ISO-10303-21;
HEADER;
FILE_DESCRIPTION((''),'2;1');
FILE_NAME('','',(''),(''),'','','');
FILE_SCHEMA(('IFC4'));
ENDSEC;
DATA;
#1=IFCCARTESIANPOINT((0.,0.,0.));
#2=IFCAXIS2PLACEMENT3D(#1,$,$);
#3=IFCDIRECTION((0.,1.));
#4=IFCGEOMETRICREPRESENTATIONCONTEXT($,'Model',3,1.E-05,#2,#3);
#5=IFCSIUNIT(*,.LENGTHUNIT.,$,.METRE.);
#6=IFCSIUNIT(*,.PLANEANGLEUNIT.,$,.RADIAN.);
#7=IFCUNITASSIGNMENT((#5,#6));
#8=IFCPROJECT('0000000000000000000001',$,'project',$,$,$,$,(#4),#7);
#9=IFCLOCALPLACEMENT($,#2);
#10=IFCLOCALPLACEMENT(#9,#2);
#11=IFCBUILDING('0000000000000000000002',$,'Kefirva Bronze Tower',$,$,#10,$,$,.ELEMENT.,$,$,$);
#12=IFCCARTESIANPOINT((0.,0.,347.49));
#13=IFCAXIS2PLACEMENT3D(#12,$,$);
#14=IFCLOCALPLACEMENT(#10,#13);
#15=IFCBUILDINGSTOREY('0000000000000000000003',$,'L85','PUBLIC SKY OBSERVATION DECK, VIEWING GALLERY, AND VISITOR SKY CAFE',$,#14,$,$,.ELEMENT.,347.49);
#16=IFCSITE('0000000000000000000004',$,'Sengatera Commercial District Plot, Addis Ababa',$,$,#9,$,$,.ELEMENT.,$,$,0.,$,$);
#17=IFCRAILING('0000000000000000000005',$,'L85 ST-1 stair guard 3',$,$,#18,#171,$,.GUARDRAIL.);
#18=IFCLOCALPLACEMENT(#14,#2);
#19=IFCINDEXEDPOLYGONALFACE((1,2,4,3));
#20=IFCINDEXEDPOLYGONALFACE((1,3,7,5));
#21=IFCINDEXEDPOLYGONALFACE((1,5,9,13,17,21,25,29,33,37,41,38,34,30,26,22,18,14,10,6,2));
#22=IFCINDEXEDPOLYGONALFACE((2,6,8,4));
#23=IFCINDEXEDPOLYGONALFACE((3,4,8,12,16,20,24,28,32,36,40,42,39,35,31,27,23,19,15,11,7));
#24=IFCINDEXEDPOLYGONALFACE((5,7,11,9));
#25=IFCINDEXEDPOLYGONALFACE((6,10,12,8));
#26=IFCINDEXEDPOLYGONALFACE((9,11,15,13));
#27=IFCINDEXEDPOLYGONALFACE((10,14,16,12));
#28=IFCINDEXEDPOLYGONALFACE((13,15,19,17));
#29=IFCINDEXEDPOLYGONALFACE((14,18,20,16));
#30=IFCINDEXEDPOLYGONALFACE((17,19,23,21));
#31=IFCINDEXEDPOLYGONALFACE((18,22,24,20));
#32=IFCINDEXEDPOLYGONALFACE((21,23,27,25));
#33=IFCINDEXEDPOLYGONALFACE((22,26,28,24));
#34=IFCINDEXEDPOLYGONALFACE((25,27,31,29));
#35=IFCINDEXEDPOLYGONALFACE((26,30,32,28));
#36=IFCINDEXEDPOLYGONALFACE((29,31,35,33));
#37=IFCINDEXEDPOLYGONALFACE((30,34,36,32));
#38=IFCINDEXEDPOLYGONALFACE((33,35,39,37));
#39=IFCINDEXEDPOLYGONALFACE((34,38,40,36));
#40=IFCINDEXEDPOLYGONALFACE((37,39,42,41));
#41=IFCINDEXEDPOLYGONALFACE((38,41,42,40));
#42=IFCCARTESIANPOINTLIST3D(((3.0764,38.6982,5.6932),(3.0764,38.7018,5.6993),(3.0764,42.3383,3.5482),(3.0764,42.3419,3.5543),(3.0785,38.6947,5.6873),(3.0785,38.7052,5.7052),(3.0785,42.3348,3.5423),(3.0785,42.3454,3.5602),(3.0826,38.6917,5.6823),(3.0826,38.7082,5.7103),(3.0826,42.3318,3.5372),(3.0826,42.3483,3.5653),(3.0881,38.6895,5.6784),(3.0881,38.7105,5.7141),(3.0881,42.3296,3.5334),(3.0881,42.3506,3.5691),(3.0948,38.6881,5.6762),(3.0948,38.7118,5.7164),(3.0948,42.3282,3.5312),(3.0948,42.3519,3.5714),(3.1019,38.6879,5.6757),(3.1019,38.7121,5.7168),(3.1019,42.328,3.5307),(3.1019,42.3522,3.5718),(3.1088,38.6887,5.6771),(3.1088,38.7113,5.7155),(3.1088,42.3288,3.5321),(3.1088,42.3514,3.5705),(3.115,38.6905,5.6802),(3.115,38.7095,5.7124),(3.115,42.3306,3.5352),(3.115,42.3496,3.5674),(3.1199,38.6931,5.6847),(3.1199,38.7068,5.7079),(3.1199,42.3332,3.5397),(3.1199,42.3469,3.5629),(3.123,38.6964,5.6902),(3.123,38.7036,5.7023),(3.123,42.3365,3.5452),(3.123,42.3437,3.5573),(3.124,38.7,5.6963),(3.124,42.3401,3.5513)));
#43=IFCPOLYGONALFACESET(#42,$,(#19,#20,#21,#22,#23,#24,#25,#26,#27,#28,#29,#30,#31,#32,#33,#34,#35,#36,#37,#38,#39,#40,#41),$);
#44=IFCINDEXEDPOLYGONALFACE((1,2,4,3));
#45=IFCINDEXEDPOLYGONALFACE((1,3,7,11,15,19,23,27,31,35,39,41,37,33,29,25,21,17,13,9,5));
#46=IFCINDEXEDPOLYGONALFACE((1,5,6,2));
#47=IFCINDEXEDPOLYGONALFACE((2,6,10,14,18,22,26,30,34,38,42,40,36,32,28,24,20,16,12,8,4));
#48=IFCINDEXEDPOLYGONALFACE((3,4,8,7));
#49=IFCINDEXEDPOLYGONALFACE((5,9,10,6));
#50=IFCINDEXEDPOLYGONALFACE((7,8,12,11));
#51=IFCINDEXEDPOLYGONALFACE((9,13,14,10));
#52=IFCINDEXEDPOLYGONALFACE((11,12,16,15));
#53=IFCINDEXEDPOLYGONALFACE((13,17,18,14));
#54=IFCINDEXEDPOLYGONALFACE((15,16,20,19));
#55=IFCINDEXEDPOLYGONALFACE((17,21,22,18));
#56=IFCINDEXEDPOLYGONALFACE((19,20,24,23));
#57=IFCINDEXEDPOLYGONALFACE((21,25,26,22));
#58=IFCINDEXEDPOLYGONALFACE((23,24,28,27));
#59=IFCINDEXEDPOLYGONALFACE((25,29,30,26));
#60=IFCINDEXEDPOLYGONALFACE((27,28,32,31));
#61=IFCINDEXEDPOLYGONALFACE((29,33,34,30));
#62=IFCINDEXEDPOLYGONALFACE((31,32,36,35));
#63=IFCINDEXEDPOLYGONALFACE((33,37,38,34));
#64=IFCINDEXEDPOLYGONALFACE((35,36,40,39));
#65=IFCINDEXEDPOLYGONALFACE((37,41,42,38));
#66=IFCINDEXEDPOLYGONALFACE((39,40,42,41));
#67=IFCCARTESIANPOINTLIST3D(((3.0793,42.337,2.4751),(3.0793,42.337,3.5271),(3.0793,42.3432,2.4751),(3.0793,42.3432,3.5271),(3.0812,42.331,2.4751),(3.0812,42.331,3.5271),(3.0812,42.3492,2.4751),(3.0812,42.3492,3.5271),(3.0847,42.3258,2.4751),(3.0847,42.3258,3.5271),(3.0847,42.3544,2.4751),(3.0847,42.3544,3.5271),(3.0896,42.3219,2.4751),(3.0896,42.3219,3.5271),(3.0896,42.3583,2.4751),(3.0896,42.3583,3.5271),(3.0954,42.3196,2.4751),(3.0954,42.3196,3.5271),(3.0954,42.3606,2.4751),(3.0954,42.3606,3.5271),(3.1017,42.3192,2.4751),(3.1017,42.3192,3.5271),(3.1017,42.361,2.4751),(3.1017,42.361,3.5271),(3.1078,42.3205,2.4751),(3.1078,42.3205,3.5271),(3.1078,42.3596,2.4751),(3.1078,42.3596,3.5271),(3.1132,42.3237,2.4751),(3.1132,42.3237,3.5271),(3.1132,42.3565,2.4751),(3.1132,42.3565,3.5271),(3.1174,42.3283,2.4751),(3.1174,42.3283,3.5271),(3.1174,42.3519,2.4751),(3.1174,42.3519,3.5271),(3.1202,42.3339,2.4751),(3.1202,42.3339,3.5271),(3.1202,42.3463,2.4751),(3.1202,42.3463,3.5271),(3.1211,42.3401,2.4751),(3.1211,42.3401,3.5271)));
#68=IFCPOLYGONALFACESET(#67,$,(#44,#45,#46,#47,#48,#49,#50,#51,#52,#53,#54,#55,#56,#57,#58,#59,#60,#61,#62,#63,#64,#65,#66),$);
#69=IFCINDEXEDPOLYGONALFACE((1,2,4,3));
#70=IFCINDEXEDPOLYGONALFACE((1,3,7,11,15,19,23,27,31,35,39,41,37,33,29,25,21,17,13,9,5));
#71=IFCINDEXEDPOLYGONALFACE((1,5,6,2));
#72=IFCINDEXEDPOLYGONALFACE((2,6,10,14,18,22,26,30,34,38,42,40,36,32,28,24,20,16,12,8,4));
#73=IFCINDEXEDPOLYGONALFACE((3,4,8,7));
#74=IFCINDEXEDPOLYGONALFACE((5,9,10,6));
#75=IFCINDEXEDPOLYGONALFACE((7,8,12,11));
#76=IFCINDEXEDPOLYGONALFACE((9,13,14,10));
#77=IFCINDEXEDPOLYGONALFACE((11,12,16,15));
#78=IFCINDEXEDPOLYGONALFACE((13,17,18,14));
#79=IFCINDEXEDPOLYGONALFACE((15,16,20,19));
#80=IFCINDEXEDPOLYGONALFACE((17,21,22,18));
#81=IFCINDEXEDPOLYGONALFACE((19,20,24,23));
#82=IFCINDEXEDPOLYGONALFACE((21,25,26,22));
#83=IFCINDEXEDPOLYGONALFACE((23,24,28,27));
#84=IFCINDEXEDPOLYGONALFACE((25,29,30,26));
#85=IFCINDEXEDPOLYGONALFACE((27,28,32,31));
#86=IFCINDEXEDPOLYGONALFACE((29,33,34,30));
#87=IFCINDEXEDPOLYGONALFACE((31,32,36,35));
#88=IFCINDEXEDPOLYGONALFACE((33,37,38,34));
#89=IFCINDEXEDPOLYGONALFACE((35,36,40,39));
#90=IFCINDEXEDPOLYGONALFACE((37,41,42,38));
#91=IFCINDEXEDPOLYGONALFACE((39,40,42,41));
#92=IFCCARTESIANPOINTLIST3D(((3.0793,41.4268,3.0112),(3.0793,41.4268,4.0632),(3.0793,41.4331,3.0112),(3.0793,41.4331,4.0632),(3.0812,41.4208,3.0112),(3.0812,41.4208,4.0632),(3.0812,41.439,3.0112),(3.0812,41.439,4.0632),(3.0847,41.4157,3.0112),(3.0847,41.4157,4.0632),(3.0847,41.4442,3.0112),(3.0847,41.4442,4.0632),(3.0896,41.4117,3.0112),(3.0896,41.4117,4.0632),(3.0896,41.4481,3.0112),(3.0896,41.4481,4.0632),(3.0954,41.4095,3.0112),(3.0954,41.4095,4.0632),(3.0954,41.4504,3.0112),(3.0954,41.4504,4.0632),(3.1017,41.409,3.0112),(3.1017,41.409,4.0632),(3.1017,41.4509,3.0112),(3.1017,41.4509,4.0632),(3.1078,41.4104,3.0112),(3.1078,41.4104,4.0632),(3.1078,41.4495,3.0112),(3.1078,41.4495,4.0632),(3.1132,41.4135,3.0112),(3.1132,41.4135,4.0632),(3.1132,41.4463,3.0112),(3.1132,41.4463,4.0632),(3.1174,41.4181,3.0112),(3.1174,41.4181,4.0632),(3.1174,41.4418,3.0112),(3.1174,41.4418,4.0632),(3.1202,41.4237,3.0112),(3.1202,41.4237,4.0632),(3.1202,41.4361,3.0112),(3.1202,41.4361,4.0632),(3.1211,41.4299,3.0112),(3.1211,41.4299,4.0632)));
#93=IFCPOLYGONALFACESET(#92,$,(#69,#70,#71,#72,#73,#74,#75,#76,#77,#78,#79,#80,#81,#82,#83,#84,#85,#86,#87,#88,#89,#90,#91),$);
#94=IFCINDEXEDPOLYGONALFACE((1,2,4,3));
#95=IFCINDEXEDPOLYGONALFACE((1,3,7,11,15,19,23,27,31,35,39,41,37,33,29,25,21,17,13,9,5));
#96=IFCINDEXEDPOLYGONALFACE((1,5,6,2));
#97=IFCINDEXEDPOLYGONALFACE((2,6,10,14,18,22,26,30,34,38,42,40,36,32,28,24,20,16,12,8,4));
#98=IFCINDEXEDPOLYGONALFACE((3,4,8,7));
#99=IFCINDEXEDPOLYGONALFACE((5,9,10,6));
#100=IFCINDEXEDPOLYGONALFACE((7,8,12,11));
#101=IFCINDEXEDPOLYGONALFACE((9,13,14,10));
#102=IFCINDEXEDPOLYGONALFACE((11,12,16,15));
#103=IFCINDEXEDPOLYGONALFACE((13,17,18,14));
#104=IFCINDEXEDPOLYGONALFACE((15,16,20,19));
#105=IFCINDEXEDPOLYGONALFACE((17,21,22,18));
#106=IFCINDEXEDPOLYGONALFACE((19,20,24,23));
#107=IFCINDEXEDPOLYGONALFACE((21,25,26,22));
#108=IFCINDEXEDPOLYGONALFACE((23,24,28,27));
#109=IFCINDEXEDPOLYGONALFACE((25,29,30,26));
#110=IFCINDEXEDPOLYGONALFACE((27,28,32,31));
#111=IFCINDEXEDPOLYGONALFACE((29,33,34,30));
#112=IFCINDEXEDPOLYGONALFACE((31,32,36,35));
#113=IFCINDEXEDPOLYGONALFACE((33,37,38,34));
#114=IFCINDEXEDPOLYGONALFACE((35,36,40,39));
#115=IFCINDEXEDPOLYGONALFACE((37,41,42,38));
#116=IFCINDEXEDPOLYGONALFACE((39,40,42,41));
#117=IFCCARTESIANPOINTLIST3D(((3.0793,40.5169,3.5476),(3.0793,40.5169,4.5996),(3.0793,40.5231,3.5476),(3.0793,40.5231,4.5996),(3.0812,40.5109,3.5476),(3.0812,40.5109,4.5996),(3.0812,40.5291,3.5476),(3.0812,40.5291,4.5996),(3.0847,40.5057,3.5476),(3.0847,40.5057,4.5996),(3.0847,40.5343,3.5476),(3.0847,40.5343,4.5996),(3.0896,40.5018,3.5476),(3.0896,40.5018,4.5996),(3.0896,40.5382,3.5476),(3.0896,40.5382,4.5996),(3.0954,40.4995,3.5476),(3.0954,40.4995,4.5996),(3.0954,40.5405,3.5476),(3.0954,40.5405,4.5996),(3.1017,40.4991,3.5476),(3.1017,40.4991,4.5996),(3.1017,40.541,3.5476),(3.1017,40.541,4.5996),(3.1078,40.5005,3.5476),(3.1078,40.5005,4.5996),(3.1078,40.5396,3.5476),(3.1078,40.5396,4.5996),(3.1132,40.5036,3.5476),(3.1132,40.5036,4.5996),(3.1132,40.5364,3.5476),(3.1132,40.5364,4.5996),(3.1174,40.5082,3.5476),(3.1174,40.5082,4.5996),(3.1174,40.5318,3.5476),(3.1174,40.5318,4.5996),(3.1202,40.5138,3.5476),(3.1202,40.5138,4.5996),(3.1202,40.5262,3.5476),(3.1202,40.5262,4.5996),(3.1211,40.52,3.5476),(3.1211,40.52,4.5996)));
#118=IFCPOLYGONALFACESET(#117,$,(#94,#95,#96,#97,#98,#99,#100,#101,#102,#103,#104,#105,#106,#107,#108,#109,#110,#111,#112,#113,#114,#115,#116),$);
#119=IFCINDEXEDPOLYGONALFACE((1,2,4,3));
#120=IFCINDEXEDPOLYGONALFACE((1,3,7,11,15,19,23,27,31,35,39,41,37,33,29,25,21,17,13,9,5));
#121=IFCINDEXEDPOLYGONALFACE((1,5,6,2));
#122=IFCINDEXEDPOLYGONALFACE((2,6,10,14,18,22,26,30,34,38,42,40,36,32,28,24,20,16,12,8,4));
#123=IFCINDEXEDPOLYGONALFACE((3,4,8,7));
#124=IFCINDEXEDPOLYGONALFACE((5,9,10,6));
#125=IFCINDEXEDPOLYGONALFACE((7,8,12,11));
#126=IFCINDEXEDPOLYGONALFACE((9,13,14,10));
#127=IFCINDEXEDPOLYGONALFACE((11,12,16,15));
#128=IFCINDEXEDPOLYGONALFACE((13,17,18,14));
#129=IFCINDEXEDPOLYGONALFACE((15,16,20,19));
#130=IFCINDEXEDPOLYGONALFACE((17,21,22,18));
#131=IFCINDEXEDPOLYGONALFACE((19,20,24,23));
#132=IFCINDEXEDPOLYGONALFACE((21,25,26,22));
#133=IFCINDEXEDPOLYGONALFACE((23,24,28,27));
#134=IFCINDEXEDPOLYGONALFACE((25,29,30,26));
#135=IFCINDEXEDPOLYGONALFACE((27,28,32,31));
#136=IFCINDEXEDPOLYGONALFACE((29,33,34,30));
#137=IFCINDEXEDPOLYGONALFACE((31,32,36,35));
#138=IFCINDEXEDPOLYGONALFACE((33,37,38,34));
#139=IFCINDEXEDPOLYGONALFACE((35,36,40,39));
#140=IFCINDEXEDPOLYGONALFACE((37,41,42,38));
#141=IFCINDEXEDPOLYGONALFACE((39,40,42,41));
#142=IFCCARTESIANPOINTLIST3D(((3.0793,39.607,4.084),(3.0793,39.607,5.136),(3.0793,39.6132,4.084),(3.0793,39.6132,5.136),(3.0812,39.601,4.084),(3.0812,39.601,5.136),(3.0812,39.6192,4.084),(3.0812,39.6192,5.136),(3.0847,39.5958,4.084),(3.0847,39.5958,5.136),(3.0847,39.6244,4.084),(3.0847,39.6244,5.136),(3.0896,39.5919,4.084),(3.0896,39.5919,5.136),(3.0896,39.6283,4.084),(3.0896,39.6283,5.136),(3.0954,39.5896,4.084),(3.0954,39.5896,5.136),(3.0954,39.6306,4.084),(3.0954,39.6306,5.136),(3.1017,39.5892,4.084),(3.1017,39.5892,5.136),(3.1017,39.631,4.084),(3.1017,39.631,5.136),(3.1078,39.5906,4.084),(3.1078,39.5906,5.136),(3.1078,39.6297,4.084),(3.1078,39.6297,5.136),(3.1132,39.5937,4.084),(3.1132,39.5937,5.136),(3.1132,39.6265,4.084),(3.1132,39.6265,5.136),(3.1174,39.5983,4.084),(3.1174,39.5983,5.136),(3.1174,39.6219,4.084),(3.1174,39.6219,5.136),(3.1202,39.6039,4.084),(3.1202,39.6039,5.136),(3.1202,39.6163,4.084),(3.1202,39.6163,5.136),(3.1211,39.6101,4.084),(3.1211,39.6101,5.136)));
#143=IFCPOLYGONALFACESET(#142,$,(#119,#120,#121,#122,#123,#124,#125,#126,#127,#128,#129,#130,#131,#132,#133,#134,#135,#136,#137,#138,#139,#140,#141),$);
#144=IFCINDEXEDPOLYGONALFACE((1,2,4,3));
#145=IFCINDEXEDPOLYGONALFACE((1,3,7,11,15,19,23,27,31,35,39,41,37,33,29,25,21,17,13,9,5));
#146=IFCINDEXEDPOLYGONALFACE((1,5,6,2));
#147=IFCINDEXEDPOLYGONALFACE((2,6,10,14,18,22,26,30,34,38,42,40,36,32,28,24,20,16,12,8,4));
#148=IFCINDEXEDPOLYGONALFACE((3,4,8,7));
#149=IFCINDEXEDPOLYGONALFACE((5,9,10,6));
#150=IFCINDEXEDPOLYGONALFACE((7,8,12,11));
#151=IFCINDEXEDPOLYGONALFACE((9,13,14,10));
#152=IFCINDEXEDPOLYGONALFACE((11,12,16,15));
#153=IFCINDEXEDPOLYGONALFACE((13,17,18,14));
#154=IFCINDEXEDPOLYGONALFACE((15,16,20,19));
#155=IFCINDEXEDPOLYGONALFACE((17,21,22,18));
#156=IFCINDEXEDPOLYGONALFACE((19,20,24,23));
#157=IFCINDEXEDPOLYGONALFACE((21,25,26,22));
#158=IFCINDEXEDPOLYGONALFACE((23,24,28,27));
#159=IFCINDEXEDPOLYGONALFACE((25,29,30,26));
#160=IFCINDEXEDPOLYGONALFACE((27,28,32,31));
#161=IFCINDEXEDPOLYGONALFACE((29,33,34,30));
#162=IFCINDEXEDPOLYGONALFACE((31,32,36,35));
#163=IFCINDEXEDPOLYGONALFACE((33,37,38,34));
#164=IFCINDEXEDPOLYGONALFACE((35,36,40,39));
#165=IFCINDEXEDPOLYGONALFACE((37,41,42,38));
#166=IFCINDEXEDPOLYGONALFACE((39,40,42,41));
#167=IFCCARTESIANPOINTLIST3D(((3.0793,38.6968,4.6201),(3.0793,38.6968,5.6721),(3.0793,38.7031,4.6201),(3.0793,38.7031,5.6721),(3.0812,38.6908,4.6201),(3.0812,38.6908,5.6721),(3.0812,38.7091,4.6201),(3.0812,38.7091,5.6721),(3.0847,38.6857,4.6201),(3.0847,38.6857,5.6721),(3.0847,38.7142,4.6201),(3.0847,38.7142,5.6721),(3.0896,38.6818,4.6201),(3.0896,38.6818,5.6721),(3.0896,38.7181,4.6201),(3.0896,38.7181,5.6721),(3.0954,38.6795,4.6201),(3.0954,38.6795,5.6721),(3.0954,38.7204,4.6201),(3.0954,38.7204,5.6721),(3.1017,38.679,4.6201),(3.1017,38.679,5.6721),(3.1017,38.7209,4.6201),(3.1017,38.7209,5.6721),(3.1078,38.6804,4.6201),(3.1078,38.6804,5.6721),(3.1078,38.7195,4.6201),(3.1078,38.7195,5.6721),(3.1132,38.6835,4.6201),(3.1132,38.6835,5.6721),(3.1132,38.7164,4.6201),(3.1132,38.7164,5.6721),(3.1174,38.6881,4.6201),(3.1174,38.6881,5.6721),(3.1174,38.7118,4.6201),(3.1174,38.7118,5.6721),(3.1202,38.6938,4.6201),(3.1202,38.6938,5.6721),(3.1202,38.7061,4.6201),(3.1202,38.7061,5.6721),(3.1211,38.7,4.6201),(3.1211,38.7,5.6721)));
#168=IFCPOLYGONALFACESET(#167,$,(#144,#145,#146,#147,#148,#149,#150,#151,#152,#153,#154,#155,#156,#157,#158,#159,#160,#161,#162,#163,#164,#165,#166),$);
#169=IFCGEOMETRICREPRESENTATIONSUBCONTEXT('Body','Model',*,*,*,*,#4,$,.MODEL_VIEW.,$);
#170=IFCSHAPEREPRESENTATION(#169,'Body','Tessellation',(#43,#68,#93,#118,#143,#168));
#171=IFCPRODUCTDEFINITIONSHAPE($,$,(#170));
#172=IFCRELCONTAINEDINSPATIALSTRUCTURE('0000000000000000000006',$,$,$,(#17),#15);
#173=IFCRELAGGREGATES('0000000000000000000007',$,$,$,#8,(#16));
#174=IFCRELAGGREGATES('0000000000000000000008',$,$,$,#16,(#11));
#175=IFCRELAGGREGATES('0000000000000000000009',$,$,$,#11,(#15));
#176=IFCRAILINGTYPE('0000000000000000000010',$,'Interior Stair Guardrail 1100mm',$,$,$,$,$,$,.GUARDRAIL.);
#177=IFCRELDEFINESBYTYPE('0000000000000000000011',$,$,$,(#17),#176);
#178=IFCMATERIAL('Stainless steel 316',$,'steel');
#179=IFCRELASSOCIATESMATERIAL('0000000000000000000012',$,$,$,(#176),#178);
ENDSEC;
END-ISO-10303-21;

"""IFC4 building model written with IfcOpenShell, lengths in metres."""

from ifc_helpers import new_model, si_unit, direction, frame, origin, origin_2d, place, context, subcontext, project, spatial, circle, extrude, material, type_object, element, save


model = new_model("IFC4")

# Units and contexts
model_context = context("Model", 3, precision=1e-05, world=origin(), true_north=direction((0.0, 1.0)))
body_context = subcontext(model_context, "Body", "Model", "MODEL_VIEW")
ifc_project = project(units=[si_unit("LENGTHUNIT", "METRE"), si_unit("PLANEANGLEUNIT", "RADIAN")], contexts=[model_context])

# Site, building, storey
site_placement = place(None, origin())
site = spatial("IfcSite", under=ifc_project, at=site_placement, Name="Sengatera Commercial District Plot, Addis Ababa", CompositionType="ELEMENT", RefElevation=0.0)
building_placement = place(site_placement, origin())
building = spatial("IfcBuilding", under=site, at=building_placement, Name="Kefirva Bronze Tower", CompositionType="ELEMENT")
storey_placement = place(building_placement, frame((0.0, 0.0, 347.49)))
storey = spatial("IfcBuildingStorey", under=building, at=storey_placement, Name="L85", Description="PUBLIC SKY OBSERVATION DECK, VIEWING GALLERY, AND VISITOR SKY CAFE", CompositionType="ELEMENT", Elevation=347.49)

# Railing
ifc_material_1 = material(Name="Stainless steel 316", Category="steel")
railing_type_1 = type_object("IfcRailingType", Name="Interior Stair Guardrail 1100mm", PredefinedType="GUARDRAIL", material=ifc_material_1)
railing_1_placement = place(storey_placement, frame((3.1001, 42.3401, 2.4751)))
element("IfcRailing", 1, at=railing_1_placement, inside=storey, type_object=railing_type_1, Name="L85 ST-1 stair guard 3", PredefinedType="GUARDRAIL", context=body_context, shape_type="SweptSolid", body=[
    extrude(circle(Radius=0.0239, at=origin_2d()), frame((0.0, 0.0, 1.0762), z_axis=(0.0, -0.861545, 0.507682), x_axis=(1.0, 0.0, 0.0)), (0.0, 0.0, 1.0), 4.2251),
    extrude(circle(Radius=0.021, at=origin_2d()), origin(), (0.0, 0.0, 1.0), 1.052),
    extrude(circle(Radius=0.021, at=origin_2d()), frame((0.0, -0.9102, 0.5361)), (0.0, 0.0, 1.0), 1.052),
    extrude(circle(Radius=0.021, at=origin_2d()), frame((0.0, -1.8201, 1.0725)), (0.0, 0.0, 1.0), 1.052),
    extrude(circle(Radius=0.021, at=origin_2d()), frame((0.0, -2.73, 1.6089)), (0.0, 0.0, 1.0), 1.052),
    extrude(circle(Radius=0.021, at=origin_2d()), frame((0.0, -3.6401, 2.145)), (0.0, 0.0, 1.0), 1.052),
])

save(model, "model.ifc")
